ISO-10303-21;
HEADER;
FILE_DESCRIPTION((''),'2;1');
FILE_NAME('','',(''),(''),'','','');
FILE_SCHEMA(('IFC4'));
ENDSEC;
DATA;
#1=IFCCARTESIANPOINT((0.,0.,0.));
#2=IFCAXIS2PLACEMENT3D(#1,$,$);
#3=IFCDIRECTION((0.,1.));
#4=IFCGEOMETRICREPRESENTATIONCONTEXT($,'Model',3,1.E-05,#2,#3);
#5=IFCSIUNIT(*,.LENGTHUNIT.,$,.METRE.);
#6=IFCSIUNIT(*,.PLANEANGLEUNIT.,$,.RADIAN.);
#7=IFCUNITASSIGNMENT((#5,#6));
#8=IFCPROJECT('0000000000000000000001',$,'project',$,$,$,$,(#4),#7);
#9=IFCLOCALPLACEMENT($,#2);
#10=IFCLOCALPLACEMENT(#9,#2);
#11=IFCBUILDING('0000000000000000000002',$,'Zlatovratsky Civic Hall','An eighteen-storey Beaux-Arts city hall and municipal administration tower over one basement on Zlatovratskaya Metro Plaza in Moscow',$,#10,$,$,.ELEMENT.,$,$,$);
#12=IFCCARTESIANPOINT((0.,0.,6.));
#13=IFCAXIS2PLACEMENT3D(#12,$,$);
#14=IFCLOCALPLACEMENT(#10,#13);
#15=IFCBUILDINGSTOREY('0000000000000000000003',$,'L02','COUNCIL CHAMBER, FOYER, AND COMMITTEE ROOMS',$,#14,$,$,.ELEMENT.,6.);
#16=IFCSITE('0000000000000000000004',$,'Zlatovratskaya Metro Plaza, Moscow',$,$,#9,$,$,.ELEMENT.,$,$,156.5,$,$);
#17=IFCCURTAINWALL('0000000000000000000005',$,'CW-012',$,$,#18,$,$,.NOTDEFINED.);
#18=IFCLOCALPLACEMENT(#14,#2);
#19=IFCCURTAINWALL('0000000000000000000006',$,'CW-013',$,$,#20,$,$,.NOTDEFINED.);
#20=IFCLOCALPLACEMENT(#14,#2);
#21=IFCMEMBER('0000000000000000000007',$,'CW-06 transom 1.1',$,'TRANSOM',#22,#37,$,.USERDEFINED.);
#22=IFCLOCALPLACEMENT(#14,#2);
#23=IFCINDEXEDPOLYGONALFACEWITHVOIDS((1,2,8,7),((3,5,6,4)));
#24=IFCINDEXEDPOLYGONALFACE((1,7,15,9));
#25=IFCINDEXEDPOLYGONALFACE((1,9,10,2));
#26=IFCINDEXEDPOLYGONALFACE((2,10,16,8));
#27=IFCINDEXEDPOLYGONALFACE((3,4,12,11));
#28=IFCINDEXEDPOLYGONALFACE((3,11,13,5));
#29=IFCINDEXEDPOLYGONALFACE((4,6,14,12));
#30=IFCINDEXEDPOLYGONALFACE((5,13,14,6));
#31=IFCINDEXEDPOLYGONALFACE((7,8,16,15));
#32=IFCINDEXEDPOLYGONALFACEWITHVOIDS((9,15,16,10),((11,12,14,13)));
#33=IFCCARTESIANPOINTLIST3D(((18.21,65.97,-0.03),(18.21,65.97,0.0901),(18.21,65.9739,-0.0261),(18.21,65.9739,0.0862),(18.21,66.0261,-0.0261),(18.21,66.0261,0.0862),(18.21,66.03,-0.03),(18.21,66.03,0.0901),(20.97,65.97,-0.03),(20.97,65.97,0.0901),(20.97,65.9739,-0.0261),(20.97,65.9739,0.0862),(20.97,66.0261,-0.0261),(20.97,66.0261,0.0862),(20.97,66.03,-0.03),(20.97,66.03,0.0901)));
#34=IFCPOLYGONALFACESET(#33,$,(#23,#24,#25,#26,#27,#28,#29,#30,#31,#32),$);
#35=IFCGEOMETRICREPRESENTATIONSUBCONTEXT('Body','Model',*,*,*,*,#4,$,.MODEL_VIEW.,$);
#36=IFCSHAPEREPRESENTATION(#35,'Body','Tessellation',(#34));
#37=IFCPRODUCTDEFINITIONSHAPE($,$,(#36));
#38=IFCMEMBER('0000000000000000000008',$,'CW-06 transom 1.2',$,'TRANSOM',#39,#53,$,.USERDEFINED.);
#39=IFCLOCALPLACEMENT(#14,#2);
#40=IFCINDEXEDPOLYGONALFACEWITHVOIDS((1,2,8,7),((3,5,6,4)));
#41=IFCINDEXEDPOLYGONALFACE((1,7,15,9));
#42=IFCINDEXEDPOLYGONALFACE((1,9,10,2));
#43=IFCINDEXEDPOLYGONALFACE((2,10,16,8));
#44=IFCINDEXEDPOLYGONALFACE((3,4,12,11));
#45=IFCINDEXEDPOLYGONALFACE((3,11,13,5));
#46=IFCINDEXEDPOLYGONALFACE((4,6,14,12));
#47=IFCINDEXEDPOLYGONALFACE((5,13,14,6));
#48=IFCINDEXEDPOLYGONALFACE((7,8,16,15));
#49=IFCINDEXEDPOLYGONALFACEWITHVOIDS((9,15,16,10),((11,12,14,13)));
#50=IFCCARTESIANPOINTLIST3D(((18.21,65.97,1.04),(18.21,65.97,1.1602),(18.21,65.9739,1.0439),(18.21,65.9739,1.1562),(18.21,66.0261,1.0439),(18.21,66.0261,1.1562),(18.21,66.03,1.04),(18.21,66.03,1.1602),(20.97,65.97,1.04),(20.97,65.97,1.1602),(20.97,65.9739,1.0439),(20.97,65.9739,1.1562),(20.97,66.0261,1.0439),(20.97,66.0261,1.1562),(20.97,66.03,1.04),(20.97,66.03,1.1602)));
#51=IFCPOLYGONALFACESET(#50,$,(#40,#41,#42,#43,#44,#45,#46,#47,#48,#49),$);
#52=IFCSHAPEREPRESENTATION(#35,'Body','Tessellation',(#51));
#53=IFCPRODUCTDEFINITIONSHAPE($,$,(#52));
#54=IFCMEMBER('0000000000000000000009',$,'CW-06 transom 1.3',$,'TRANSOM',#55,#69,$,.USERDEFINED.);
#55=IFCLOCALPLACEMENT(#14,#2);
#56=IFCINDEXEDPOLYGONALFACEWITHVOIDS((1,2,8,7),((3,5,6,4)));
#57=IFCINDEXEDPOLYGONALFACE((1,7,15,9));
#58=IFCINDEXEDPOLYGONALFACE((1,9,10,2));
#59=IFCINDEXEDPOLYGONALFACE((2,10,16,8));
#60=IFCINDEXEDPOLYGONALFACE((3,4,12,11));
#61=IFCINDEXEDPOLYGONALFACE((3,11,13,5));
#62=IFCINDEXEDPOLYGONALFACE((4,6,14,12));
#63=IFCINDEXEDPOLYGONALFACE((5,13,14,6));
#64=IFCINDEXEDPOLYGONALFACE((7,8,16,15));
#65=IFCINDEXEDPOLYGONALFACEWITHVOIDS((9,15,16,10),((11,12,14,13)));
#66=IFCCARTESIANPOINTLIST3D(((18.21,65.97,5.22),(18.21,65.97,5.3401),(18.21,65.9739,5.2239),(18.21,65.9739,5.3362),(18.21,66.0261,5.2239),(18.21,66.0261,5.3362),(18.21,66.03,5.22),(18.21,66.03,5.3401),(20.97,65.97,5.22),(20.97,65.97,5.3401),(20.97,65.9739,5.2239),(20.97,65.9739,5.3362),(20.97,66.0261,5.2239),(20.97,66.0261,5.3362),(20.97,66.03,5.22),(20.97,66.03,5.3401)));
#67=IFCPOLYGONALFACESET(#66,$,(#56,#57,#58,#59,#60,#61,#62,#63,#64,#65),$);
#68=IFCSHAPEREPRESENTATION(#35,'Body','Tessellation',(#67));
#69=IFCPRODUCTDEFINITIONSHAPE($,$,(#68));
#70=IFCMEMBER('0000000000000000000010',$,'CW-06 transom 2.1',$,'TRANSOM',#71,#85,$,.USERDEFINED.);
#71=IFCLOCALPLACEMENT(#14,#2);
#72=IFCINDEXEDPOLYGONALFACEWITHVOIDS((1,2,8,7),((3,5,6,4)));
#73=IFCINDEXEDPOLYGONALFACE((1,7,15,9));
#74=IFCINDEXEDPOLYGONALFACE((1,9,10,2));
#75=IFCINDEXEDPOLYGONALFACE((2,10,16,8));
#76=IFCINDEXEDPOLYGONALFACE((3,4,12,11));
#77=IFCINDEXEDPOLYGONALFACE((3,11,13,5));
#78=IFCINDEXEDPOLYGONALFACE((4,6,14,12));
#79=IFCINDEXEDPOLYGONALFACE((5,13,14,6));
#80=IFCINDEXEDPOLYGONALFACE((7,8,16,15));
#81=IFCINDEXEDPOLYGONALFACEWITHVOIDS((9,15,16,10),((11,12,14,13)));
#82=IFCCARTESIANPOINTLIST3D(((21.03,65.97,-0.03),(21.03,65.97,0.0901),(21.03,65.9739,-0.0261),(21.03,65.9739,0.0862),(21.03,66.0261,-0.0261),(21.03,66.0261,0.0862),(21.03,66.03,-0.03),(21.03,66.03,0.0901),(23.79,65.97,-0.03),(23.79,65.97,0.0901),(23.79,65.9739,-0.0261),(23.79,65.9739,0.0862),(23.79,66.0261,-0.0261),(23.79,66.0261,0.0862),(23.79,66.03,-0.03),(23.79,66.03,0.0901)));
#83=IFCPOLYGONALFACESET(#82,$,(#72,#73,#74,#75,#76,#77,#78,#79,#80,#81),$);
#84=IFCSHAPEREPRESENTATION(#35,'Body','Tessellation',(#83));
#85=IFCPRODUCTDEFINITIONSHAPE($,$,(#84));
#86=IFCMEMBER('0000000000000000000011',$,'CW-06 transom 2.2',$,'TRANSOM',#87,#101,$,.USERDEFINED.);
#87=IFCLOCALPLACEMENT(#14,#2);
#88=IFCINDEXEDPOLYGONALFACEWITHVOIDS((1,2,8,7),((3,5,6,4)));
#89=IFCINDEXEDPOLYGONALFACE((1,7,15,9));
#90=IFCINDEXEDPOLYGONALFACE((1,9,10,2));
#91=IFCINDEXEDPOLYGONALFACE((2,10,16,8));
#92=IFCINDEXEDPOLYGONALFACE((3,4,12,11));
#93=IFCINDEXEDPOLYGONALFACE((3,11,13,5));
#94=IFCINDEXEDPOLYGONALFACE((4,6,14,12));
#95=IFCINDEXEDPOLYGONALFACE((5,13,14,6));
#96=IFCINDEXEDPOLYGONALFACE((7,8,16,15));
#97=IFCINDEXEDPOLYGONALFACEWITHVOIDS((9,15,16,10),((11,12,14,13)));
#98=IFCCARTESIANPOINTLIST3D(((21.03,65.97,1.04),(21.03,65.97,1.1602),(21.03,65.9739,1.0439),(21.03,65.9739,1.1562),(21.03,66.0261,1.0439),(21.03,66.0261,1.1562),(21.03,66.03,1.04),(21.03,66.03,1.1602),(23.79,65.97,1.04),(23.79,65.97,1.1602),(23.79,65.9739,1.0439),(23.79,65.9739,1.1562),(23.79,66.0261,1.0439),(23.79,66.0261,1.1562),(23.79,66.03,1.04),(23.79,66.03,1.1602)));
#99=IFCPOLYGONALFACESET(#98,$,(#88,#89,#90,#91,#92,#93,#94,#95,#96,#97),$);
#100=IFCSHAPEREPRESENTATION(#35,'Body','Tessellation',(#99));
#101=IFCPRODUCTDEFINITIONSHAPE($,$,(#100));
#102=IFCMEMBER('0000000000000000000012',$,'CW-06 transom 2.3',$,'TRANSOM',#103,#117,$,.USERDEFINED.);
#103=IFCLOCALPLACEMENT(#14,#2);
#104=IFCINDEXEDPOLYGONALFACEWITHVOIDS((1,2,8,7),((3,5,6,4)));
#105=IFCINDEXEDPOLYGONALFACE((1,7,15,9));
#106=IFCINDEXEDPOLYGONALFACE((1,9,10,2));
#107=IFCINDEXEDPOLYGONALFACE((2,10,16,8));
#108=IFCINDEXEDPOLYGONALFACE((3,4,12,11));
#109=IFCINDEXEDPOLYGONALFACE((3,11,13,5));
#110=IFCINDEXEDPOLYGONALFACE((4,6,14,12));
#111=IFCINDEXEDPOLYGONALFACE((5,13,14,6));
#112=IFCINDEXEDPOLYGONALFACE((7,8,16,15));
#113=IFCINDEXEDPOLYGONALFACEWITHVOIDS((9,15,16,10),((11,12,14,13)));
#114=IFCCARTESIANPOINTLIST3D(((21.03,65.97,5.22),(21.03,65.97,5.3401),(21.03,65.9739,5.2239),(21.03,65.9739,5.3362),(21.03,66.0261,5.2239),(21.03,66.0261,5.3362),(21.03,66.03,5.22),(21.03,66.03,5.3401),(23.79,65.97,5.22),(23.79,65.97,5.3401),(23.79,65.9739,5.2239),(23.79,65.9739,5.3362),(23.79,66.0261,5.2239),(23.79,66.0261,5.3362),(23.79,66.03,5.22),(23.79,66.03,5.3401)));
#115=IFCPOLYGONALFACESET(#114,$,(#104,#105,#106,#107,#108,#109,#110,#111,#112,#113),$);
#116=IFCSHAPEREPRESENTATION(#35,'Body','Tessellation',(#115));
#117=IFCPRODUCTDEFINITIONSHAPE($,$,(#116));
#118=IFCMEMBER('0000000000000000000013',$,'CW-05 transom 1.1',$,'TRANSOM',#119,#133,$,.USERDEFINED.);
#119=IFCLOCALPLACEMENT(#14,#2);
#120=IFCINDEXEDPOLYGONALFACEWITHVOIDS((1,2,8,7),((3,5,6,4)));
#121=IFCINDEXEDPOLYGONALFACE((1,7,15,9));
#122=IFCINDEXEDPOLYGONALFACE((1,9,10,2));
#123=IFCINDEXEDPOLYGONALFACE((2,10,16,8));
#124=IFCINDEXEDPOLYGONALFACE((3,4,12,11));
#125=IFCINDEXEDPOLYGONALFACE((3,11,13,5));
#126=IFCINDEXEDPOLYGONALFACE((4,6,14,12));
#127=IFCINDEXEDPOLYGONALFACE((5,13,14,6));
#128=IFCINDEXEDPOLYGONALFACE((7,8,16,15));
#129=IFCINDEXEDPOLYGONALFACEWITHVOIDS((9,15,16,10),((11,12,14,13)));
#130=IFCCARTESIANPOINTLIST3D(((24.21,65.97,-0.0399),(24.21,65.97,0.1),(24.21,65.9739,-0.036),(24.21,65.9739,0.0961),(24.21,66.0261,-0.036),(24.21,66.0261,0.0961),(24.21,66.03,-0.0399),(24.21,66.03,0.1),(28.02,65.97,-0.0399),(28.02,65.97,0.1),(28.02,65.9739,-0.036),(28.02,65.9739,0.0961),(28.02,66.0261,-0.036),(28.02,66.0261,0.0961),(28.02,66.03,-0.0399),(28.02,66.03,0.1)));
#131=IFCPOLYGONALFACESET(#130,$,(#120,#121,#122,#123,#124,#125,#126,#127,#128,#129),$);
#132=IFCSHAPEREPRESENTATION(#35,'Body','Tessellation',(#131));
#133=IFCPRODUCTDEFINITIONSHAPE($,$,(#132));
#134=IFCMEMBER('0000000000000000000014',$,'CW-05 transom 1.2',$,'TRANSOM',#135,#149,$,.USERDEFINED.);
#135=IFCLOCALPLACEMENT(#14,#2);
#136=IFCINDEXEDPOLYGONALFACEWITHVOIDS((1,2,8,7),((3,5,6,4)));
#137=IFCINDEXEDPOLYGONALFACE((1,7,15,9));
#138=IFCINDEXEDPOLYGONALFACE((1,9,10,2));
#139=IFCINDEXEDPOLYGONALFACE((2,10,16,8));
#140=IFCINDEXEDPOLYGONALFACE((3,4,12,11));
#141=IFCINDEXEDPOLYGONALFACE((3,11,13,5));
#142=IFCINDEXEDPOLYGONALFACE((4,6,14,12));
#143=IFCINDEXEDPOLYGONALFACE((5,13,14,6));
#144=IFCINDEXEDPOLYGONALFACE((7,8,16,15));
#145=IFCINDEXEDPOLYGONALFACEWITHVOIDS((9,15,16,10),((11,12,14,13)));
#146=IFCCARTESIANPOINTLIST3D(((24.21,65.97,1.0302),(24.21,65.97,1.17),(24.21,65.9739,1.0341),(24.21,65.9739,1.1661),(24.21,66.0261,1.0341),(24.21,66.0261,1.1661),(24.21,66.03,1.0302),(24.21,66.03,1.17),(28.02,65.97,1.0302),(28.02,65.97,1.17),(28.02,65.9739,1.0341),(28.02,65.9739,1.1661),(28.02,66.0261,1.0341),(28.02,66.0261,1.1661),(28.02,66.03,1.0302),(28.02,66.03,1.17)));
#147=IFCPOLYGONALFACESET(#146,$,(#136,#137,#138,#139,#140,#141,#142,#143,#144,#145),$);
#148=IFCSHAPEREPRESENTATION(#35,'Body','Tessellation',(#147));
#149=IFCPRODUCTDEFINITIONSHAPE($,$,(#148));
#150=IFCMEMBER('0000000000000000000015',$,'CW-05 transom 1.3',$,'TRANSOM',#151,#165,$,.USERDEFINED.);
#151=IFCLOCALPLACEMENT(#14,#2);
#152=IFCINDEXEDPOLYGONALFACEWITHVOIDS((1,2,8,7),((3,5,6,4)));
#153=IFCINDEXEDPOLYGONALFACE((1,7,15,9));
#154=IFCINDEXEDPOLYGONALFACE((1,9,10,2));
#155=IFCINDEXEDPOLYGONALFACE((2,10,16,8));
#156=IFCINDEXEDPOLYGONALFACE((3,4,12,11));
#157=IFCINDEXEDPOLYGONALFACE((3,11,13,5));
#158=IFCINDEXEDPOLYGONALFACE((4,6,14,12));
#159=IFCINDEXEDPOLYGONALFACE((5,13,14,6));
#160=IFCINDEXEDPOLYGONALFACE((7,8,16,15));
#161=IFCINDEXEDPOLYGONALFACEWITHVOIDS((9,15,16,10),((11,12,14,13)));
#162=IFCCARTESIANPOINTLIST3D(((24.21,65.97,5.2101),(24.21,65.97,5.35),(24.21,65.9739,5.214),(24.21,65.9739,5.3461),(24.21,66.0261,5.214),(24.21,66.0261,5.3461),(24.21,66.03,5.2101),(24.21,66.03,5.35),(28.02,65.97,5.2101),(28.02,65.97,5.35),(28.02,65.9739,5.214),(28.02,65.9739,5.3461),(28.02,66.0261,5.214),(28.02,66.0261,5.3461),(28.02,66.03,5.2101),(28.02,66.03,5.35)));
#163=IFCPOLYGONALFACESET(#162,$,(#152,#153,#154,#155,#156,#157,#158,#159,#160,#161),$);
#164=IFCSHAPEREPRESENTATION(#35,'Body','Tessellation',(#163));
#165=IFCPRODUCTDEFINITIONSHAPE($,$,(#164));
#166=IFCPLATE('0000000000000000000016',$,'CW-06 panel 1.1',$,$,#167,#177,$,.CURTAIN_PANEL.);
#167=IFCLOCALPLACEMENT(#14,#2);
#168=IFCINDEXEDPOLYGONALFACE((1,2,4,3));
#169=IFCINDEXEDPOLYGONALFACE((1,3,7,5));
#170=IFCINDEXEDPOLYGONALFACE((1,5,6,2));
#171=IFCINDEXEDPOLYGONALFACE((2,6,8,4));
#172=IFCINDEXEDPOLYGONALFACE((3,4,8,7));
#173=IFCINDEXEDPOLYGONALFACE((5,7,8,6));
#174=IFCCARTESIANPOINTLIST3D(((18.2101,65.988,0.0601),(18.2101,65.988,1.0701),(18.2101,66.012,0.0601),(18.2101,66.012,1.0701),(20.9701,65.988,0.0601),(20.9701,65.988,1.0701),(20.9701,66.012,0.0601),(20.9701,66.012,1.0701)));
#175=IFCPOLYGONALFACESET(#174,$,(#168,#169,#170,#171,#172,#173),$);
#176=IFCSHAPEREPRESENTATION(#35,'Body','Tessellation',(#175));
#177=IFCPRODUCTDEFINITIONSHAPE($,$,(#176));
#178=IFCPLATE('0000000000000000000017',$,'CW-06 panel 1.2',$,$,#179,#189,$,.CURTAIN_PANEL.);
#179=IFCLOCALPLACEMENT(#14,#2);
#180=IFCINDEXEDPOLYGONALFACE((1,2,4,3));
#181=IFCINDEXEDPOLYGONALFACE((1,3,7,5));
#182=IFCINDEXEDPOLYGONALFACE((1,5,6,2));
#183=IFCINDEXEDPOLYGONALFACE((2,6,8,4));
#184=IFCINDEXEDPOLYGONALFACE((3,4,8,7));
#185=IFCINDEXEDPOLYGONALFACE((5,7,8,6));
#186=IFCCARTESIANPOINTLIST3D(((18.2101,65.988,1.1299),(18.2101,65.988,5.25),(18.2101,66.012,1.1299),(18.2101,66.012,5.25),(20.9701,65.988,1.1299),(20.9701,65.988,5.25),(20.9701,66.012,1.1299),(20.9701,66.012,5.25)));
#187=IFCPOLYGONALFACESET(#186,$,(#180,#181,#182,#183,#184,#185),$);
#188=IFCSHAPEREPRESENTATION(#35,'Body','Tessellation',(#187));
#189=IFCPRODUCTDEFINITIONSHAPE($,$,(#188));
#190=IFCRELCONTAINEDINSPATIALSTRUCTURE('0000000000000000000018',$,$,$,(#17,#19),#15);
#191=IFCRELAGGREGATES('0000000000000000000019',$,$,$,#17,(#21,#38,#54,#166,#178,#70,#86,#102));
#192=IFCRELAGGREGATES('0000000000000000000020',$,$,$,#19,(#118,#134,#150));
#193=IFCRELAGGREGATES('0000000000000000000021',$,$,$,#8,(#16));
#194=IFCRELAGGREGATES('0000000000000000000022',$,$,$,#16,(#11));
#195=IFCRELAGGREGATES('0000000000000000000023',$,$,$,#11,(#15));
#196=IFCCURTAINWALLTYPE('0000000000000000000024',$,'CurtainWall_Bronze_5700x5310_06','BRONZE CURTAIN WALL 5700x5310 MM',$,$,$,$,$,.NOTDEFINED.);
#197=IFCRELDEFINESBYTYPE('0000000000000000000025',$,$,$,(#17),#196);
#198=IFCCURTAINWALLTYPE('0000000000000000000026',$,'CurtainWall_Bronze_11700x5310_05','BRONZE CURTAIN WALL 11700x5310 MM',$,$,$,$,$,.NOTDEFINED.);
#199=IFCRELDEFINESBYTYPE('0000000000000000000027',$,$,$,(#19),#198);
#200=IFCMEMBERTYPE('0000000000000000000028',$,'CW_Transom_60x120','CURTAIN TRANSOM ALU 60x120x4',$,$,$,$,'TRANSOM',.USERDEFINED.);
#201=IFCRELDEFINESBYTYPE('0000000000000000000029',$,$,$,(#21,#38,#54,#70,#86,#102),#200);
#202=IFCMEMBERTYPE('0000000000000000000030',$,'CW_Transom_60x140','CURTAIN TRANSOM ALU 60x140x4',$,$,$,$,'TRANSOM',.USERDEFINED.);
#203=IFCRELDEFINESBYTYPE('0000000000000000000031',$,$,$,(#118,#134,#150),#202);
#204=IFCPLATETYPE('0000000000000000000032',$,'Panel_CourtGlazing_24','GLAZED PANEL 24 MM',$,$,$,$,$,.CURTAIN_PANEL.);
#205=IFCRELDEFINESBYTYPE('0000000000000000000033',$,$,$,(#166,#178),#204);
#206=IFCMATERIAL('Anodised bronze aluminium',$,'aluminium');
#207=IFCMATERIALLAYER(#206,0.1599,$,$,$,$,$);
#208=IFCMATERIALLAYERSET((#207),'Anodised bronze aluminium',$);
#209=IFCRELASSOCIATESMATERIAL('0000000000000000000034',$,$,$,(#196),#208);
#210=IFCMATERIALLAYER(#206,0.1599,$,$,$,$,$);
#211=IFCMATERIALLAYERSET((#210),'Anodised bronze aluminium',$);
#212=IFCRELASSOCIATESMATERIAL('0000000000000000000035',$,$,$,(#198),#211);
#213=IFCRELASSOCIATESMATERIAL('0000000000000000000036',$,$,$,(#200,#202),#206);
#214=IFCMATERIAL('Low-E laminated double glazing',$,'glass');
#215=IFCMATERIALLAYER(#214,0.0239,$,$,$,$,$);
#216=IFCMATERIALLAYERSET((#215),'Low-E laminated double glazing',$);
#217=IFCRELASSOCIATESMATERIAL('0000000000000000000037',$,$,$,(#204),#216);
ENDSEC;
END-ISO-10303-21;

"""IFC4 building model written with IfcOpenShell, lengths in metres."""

from ifc_helpers import new_model, si_unit, direction, frame, origin, origin_2d, place, context, subcontext, project, spatial, rectangle, hollow_rectangle, extrude, material, layer, layer_set, material_profile, profile_set, type_object, element, aggregate, save


model = new_model("IFC4")

# Units and contexts
model_context = context("Model", 3, precision=1e-05, world=origin(), true_north=direction((0.0, 1.0)))
body_context = subcontext(model_context, "Body", "Model", "MODEL_VIEW")
ifc_project = project(units=[si_unit("LENGTHUNIT", "METRE"), si_unit("PLANEANGLEUNIT", "RADIAN")], contexts=[model_context])

# Site, building, storey
site_placement = place(None, origin())
site = spatial("IfcSite", under=ifc_project, at=site_placement, Name="Zlatovratskaya Metro Plaza, Moscow", CompositionType="ELEMENT", RefElevation=156.5)
building_placement = place(site_placement, origin())
building = spatial("IfcBuilding", under=site, at=building_placement, Name="Zlatovratsky Civic Hall", Description="An eighteen-storey Beaux-Arts city hall and municipal administration tower over one basement on Zlatovratskaya Metro Plaza in Moscow", CompositionType="ELEMENT")
storey_placement = place(building_placement, frame((0.0, 0.0, 6.0)))
storey = spatial("IfcBuildingStorey", under=building, at=storey_placement, Name="L02", Description="COUNCIL CHAMBER, FOYER, AND COMMITTEE ROOMS", CompositionType="ELEMENT", Elevation=6.0)

# Curtain walls
ifc_material_1 = material(Name="Anodised bronze aluminium", Category="aluminium")
ifc_layer_1 = layer(ifc_material_1, 0.1599)
ifc_layer_set_1 = layer_set([ifc_layer_1], Name="Anodised bronze aluminium")
curtain_wall_type_1 = type_object("IfcCurtainWallType", Name="CurtainWall_Bronze_5700x5310_06", Description="BRONZE CURTAIN WALL 5700x5310 MM", PredefinedType="NOTDEFINED", material=ifc_layer_set_1)
curtain_wall_1_placement = place(storey_placement, origin())
curtain_wall_1 = element("IfcCurtainWall", 1, at=curtain_wall_1_placement, inside=storey, type_object=curtain_wall_type_1, Name="CW-012", PredefinedType="NOTDEFINED")
ifc_layer_2 = layer(ifc_material_1, 0.1599)
ifc_layer_set_2 = layer_set([ifc_layer_2], Name="Anodised bronze aluminium")
curtain_wall_type_2 = type_object("IfcCurtainWallType", Name="CurtainWall_Bronze_11700x5310_05", Description="BRONZE CURTAIN WALL 11700x5310 MM", PredefinedType="NOTDEFINED", material=ifc_layer_set_2)
curtain_wall_2_placement = place(storey_placement, origin())
curtain_wall_2 = element("IfcCurtainWall", 2, at=curtain_wall_2_placement, inside=storey, type_object=curtain_wall_type_2, Name="CW-013", PredefinedType="NOTDEFINED")

# Members
ifc_material_profile_1 = material_profile(ifc_material_1, hollow_rectangle(XDim=0.0601, YDim=0.1201, WallThickness=0.0039, at=origin_2d()), Name="ALU 60x120x4")
ifc_profile_set_1 = profile_set([ifc_material_profile_1], Name="Anodised bronze aluminium")
member_type_1 = type_object("IfcMemberType", Name="CW_Transom_60x120", Description="CURTAIN TRANSOM ALU 60x120x4", ElementType="TRANSOM", PredefinedType="USERDEFINED", material=ifc_profile_set_1)
member_1_placement = place(storey_placement, frame((18.21, 66.0, 0.03), z_axis=(1.0, 0.0, 0.0), x_axis=(0.0, 1.0, 0.0)))
member_1 = element("IfcMember", 3, at=member_1_placement, type_object=member_type_1, Name="CW-06 transom 1.1", ObjectType="TRANSOM", PredefinedType="USERDEFINED", context=body_context, shape_type="SweptSolid", body=[
    extrude(hollow_rectangle(XDim=0.0601, YDim=0.1201, WallThickness=0.0039, at=origin_2d()), origin(), (0.0, 0.0, 1.0), 2.76),
])
member_2_placement = place(storey_placement, frame((18.21, 66.0, 1.1001), z_axis=(1.0, 0.0, 0.0), x_axis=(0.0, 1.0, 0.0)))
member_2 = element("IfcMember", 4, at=member_2_placement, type_object=member_type_1, Name="CW-06 transom 1.2", ObjectType="TRANSOM", PredefinedType="USERDEFINED", context=body_context, shape_type="SweptSolid", body=[
    extrude(hollow_rectangle(XDim=0.0601, YDim=0.1201, WallThickness=0.0039, at=origin_2d()), origin(), (0.0, 0.0, 1.0), 2.76),
])
member_3_placement = place(storey_placement, frame((18.21, 66.0, 5.28), z_axis=(1.0, 0.0, 0.0), x_axis=(0.0, 1.0, 0.0)))
member_3 = element("IfcMember", 5, at=member_3_placement, type_object=member_type_1, Name="CW-06 transom 1.3", ObjectType="TRANSOM", PredefinedType="USERDEFINED", context=body_context, shape_type="SweptSolid", body=[
    extrude(hollow_rectangle(XDim=0.0601, YDim=0.1201, WallThickness=0.0039, at=origin_2d()), origin(), (0.0, 0.0, 1.0), 2.76),
])
member_4_placement = place(storey_placement, frame((21.03, 66.0, 0.03), z_axis=(1.0, 0.0, 0.0), x_axis=(0.0, 1.0, 0.0)))
member_4 = element("IfcMember", 6, at=member_4_placement, type_object=member_type_1, Name="CW-06 transom 2.1", ObjectType="TRANSOM", PredefinedType="USERDEFINED", context=body_context, shape_type="SweptSolid", body=[
    extrude(hollow_rectangle(XDim=0.0601, YDim=0.1201, WallThickness=0.0039, at=origin_2d()), origin(), (0.0, 0.0, 1.0), 2.76),
])
member_5_placement = place(storey_placement, frame((21.03, 66.0, 1.1001), z_axis=(1.0, 0.0, 0.0), x_axis=(0.0, 1.0, 0.0)))
member_5 = element("IfcMember", 7, at=member_5_placement, type_object=member_type_1, Name="CW-06 transom 2.2", ObjectType="TRANSOM", PredefinedType="USERDEFINED", context=body_context, shape_type="SweptSolid", body=[
    extrude(hollow_rectangle(XDim=0.0601, YDim=0.1201, WallThickness=0.0039, at=origin_2d()), origin(), (0.0, 0.0, 1.0), 2.76),
])
member_6_placement = place(storey_placement, frame((21.03, 66.0, 5.28), z_axis=(1.0, 0.0, 0.0), x_axis=(0.0, 1.0, 0.0)))
member_6 = element("IfcMember", 8, at=member_6_placement, type_object=member_type_1, Name="CW-06 transom 2.3", ObjectType="TRANSOM", PredefinedType="USERDEFINED", context=body_context, shape_type="SweptSolid", body=[
    extrude(hollow_rectangle(XDim=0.0601, YDim=0.1201, WallThickness=0.0039, at=origin_2d()), origin(), (0.0, 0.0, 1.0), 2.76),
])
ifc_material_profile_2 = material_profile(ifc_material_1, hollow_rectangle(XDim=0.0601, YDim=0.1399, WallThickness=0.0039, at=origin_2d()), Name="ALU 60x140x4")
ifc_profile_set_2 = profile_set([ifc_material_profile_2], Name="Anodised bronze aluminium")
member_type_2 = type_object("IfcMemberType", Name="CW_Transom_60x140", Description="CURTAIN TRANSOM ALU 60x140x4", ElementType="TRANSOM", PredefinedType="USERDEFINED", material=ifc_profile_set_2)
member_7_placement = place(storey_placement, frame((24.21, 66.0, 0.03), z_axis=(1.0, 0.0, 0.0), x_axis=(0.0, 1.0, 0.0)))
member_7 = element("IfcMember", 9, at=member_7_placement, type_object=member_type_2, Name="CW-05 transom 1.1", ObjectType="TRANSOM", PredefinedType="USERDEFINED", context=body_context, shape_type="SweptSolid", body=[
    extrude(hollow_rectangle(XDim=0.0601, YDim=0.1399, WallThickness=0.0039, at=origin_2d()), origin(), (0.0, 0.0, 1.0), 3.8101),
])
member_8_placement = place(storey_placement, frame((24.21, 66.0, 1.1001), z_axis=(1.0, 0.0, 0.0), x_axis=(0.0, 1.0, 0.0)))
member_8 = element("IfcMember", 10, at=member_8_placement, type_object=member_type_2, Name="CW-05 transom 1.2", ObjectType="TRANSOM", PredefinedType="USERDEFINED", context=body_context, shape_type="SweptSolid", body=[
    extrude(hollow_rectangle(XDim=0.0601, YDim=0.1399, WallThickness=0.0039, at=origin_2d()), origin(), (0.0, 0.0, 1.0), 3.8101),
])
member_9_placement = place(storey_placement, frame((24.21, 66.0, 5.28), z_axis=(1.0, 0.0, 0.0), x_axis=(0.0, 1.0, 0.0)))
member_9 = element("IfcMember", 11, at=member_9_placement, type_object=member_type_2, Name="CW-05 transom 1.3", ObjectType="TRANSOM", PredefinedType="USERDEFINED", context=body_context, shape_type="SweptSolid", body=[
    extrude(hollow_rectangle(XDim=0.0601, YDim=0.1399, WallThickness=0.0039, at=origin_2d()), origin(), (0.0, 0.0, 1.0), 3.8101),
])

# Plates
ifc_material_2 = material(Name="Low-E laminated double glazing", Category="glass")
ifc_layer_3 = layer(ifc_material_2, 0.0239)
ifc_layer_set_3 = layer_set([ifc_layer_3], Name="Low-E laminated double glazing")
plate_type = type_object("IfcPlateType", Name="Panel_CourtGlazing_24", Description="GLAZED PANEL 24 MM", PredefinedType="CURTAIN_PANEL", material=ifc_layer_set_3)
plate_1_placement = place(storey_placement, frame((19.5901, 66.0, 0.0601), z_axis=(0.0, 0.0, 1.0), x_axis=(1.0, 0.0, 0.0)))
plate_1 = element("IfcPlate", 12, at=plate_1_placement, type_object=plate_type, Name="CW-06 panel 1.1", PredefinedType="CURTAIN_PANEL", context=body_context, shape_type="SweptSolid", body=[
    extrude(rectangle(XDim=2.76, YDim=0.0239, at=origin_2d()), origin(), (0.0, 0.0, 1.0), 1.01),
])
plate_2_placement = place(storey_placement, frame((19.5901, 66.0, 1.1299), z_axis=(0.0, 0.0, 1.0), x_axis=(1.0, 0.0, 0.0)))
plate_2 = element("IfcPlate", 13, at=plate_2_placement, type_object=plate_type, Name="CW-06 panel 1.2", PredefinedType="CURTAIN_PANEL", context=body_context, shape_type="SweptSolid", body=[
    extrude(rectangle(XDim=2.76, YDim=0.0239, at=origin_2d()), origin(), (0.0, 0.0, 1.0), 4.1201),
])
aggregate(curtain_wall_1, [member_1, member_2, member_3, plate_1, plate_2, member_4, member_5, member_6])
aggregate(curtain_wall_2, [member_7, member_8, member_9])

save(model, "model.ifc")
